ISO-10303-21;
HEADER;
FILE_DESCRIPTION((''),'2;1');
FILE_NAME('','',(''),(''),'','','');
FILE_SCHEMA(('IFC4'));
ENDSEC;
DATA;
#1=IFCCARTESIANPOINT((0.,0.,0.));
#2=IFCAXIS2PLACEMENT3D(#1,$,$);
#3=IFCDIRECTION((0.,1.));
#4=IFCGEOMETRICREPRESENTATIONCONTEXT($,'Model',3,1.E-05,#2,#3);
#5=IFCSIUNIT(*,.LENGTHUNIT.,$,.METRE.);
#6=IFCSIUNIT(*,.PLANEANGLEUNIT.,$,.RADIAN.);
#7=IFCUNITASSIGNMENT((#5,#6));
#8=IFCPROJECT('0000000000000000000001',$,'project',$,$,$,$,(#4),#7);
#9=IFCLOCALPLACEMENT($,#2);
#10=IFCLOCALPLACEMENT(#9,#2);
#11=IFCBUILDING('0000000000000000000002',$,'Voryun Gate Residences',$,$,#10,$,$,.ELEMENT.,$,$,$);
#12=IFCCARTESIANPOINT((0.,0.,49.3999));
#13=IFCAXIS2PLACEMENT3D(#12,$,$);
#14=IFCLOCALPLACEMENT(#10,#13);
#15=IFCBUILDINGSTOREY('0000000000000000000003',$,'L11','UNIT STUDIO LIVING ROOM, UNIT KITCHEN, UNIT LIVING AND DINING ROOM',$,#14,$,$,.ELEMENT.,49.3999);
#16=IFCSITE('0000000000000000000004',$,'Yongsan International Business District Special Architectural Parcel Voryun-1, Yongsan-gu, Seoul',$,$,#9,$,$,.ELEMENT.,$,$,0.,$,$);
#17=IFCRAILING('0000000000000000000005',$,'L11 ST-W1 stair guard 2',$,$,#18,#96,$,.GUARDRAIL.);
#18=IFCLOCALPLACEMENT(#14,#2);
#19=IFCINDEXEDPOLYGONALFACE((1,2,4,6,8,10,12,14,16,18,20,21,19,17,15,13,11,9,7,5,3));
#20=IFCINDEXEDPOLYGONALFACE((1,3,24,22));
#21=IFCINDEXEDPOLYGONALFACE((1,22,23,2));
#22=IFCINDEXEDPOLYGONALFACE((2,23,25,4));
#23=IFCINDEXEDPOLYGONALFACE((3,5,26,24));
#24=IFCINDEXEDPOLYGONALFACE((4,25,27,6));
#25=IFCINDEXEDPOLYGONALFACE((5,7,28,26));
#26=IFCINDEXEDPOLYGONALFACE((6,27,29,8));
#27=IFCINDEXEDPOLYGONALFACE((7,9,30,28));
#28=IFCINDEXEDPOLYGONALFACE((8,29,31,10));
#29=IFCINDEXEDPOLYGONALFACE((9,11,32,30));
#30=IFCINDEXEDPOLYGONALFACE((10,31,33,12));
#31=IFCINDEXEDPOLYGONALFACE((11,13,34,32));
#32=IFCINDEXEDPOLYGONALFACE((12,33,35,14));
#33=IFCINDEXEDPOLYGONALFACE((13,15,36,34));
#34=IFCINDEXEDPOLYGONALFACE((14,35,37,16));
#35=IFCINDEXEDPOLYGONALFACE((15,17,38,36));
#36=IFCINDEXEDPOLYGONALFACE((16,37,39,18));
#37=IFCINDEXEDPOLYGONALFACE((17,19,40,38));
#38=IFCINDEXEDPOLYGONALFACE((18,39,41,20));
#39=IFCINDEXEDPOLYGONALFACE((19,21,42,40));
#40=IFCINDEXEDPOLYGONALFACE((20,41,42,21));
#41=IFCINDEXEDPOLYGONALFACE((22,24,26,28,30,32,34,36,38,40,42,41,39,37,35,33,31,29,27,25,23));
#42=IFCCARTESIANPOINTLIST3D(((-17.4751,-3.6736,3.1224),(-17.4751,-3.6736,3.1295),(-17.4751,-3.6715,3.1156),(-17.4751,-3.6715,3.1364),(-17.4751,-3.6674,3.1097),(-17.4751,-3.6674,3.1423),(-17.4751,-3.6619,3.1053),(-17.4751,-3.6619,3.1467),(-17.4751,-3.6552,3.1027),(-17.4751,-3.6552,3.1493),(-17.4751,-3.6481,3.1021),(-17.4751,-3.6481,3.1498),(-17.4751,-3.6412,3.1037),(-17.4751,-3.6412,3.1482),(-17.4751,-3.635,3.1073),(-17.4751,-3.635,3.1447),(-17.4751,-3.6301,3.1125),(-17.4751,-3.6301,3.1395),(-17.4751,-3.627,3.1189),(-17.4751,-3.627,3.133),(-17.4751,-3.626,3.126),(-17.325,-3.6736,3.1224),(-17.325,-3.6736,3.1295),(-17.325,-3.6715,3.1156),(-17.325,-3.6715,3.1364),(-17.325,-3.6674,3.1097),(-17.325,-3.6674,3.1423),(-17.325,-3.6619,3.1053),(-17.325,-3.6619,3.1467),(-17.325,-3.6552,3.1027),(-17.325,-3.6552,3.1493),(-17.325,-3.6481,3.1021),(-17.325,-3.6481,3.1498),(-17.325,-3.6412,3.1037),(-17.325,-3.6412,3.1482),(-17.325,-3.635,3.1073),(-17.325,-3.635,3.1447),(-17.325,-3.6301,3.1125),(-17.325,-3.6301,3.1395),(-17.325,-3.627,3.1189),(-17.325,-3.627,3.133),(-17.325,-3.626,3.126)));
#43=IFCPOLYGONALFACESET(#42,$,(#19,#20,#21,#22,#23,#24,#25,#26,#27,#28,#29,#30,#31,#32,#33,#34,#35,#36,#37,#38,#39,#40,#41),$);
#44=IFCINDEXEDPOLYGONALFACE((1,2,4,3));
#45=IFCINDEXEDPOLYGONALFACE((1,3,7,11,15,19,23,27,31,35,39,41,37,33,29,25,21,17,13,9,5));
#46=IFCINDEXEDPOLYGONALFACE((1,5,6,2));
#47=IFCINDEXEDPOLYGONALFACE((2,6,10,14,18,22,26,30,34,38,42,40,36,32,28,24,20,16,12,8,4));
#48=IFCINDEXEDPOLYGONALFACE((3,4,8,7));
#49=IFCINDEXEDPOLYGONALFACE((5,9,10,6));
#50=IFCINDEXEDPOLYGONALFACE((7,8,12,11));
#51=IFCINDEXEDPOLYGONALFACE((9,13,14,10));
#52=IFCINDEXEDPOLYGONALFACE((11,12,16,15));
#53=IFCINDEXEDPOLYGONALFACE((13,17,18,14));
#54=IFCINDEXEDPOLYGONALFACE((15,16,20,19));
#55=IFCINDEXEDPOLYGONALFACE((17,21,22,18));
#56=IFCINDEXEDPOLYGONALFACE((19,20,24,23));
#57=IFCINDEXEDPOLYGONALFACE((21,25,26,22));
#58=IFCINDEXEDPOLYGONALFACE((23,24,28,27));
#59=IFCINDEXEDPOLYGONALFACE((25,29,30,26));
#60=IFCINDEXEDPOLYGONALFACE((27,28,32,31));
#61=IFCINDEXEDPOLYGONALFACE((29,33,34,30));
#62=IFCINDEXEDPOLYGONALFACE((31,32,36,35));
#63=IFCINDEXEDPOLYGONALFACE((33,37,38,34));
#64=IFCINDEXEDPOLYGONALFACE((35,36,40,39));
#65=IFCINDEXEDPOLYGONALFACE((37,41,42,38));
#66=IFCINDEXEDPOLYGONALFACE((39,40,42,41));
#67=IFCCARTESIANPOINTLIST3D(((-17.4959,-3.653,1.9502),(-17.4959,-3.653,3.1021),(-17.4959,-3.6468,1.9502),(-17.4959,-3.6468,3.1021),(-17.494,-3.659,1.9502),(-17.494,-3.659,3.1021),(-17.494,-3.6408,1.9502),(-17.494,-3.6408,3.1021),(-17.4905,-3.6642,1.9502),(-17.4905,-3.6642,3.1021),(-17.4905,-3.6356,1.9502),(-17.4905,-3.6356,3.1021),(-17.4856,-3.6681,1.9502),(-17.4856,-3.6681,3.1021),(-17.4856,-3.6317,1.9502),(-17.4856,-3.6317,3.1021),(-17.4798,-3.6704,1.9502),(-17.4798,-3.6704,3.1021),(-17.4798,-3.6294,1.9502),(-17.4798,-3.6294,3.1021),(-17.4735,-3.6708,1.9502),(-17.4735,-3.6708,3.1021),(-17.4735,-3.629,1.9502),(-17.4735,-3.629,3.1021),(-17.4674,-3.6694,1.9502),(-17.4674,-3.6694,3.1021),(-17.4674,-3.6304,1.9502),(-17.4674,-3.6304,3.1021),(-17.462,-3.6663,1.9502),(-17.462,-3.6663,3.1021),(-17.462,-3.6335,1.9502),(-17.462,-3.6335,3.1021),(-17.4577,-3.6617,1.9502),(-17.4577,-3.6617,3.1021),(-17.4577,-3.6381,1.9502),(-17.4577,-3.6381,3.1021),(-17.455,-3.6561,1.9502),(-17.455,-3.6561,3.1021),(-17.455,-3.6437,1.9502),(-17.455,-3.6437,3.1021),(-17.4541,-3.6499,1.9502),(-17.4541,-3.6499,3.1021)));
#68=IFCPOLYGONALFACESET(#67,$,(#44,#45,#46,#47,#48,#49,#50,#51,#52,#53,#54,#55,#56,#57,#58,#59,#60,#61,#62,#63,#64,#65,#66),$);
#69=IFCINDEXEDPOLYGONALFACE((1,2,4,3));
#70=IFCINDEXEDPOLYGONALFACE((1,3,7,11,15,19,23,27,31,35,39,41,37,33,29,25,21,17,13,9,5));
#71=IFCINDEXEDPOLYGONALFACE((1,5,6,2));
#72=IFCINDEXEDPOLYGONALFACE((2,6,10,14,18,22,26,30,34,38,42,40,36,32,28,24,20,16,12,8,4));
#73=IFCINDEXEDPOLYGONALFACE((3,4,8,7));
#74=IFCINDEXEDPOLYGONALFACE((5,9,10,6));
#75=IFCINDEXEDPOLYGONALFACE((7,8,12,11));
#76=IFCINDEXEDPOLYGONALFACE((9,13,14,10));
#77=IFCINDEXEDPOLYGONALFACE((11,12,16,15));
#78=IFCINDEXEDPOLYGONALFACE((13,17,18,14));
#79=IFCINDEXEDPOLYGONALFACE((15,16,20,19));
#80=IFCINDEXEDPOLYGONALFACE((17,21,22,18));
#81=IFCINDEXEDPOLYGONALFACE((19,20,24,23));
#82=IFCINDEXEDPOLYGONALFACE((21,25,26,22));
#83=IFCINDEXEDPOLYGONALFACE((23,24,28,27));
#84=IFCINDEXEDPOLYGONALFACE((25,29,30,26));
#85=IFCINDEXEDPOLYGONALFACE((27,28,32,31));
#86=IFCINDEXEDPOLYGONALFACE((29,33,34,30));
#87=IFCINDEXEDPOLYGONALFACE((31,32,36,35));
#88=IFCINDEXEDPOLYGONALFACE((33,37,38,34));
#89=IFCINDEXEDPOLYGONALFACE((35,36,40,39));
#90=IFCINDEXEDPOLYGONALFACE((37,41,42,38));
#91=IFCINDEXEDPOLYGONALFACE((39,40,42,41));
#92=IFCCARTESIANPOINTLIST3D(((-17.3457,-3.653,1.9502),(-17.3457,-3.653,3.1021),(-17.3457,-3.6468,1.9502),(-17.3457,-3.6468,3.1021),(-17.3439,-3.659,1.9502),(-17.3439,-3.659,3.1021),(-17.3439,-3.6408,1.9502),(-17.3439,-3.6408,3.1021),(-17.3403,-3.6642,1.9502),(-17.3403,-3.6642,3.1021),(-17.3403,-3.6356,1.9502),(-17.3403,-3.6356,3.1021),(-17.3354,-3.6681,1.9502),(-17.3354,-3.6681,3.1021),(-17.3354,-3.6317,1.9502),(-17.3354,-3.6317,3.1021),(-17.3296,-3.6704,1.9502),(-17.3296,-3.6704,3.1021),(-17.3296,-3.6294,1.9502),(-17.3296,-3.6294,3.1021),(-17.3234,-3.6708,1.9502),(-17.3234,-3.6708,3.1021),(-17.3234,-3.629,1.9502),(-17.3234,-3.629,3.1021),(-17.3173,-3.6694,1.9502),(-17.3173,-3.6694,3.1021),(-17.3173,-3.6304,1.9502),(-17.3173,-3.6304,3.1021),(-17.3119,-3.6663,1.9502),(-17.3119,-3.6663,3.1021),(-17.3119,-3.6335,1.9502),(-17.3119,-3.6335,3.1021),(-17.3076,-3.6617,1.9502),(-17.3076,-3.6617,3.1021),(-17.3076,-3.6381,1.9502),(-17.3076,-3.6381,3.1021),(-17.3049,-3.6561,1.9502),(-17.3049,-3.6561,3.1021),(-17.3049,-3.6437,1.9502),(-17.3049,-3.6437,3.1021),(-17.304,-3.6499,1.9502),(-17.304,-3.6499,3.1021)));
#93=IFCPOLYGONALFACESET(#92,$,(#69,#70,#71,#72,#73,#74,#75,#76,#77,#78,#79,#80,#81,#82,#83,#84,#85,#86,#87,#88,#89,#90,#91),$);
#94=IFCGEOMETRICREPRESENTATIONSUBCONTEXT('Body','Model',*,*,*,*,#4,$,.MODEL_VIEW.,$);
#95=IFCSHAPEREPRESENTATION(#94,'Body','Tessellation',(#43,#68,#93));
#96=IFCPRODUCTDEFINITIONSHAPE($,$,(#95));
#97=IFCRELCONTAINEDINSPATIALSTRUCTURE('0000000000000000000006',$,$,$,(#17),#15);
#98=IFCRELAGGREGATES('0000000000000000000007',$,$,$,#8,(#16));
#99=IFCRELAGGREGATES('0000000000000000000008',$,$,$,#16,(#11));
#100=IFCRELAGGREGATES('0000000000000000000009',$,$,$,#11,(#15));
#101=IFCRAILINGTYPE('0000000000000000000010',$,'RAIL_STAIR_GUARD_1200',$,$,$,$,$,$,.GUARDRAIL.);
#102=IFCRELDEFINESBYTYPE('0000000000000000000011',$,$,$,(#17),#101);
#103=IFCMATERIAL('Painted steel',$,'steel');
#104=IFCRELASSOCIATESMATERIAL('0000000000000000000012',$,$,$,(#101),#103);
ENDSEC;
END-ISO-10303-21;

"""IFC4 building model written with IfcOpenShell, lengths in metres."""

from ifc_helpers import new_model, si_unit, direction, frame, origin, origin_2d, place, context, subcontext, project, spatial, circle, extrude, material, type_object, element, save


model = new_model("IFC4")

# Units and contexts
model_context = context("Model", 3, precision=1e-05, world=origin(), true_north=direction((0.0, 1.0)))
body_context = subcontext(model_context, "Body", "Model", "MODEL_VIEW")
ifc_project = project(units=[si_unit("LENGTHUNIT", "METRE"), si_unit("PLANEANGLEUNIT", "RADIAN")], contexts=[model_context])

# Site, building, storey
site_placement = place(None, origin())
site = spatial("IfcSite", under=ifc_project, at=site_placement, Name="Yongsan International Business District Special Architectural Parcel Voryun-1, Yongsan-gu, Seoul", CompositionType="ELEMENT", RefElevation=0.0)
building_placement = place(site_placement, origin())
building = spatial("IfcBuilding", under=site, at=building_placement, Name="Voryun Gate Residences", CompositionType="ELEMENT")
storey_placement = place(building_placement, frame((0.0, 0.0, 49.3999)))
storey = spatial("IfcBuildingStorey", under=building, at=storey_placement, Name="L11", Description="UNIT STUDIO LIVING ROOM, UNIT KITCHEN, UNIT LIVING AND DINING ROOM", CompositionType="ELEMENT", Elevation=49.3999)

# Railing
ifc_material_1 = material(Name="Painted steel", Category="steel")
railing_type_1 = type_object("IfcRailingType", Name="RAIL_STAIR_GUARD_1200", PredefinedType="GUARDRAIL", material=ifc_material_1)
railing_1_placement = place(storey_placement, frame((-17.4751, -3.6499, 1.9502)))
element("IfcRailing", 1, at=railing_1_placement, inside=storey, type_object=railing_type_1, Name="L11 ST-W1 stair guard 2", PredefinedType="GUARDRAIL", context=body_context, shape_type="SweptSolid", body=[
    extrude(circle(Radius=0.0239, at=origin_2d()), frame((0.0, 0.0, 1.1758), z_axis=(1.0, 0.0, 0.0), x_axis=(0.0, 1.0, 0.0)), (0.0, 0.0, 1.0), 0.1501),
    extrude(circle(Radius=0.021, at=origin_2d()), origin(), (0.0, 0.0, 1.0), 1.1519),
    extrude(circle(Radius=0.021, at=origin_2d()), frame((0.1501, 0.0, 0.0)), (0.0, 0.0, 1.0), 1.1519),
])

save(model, "model.ifc")
